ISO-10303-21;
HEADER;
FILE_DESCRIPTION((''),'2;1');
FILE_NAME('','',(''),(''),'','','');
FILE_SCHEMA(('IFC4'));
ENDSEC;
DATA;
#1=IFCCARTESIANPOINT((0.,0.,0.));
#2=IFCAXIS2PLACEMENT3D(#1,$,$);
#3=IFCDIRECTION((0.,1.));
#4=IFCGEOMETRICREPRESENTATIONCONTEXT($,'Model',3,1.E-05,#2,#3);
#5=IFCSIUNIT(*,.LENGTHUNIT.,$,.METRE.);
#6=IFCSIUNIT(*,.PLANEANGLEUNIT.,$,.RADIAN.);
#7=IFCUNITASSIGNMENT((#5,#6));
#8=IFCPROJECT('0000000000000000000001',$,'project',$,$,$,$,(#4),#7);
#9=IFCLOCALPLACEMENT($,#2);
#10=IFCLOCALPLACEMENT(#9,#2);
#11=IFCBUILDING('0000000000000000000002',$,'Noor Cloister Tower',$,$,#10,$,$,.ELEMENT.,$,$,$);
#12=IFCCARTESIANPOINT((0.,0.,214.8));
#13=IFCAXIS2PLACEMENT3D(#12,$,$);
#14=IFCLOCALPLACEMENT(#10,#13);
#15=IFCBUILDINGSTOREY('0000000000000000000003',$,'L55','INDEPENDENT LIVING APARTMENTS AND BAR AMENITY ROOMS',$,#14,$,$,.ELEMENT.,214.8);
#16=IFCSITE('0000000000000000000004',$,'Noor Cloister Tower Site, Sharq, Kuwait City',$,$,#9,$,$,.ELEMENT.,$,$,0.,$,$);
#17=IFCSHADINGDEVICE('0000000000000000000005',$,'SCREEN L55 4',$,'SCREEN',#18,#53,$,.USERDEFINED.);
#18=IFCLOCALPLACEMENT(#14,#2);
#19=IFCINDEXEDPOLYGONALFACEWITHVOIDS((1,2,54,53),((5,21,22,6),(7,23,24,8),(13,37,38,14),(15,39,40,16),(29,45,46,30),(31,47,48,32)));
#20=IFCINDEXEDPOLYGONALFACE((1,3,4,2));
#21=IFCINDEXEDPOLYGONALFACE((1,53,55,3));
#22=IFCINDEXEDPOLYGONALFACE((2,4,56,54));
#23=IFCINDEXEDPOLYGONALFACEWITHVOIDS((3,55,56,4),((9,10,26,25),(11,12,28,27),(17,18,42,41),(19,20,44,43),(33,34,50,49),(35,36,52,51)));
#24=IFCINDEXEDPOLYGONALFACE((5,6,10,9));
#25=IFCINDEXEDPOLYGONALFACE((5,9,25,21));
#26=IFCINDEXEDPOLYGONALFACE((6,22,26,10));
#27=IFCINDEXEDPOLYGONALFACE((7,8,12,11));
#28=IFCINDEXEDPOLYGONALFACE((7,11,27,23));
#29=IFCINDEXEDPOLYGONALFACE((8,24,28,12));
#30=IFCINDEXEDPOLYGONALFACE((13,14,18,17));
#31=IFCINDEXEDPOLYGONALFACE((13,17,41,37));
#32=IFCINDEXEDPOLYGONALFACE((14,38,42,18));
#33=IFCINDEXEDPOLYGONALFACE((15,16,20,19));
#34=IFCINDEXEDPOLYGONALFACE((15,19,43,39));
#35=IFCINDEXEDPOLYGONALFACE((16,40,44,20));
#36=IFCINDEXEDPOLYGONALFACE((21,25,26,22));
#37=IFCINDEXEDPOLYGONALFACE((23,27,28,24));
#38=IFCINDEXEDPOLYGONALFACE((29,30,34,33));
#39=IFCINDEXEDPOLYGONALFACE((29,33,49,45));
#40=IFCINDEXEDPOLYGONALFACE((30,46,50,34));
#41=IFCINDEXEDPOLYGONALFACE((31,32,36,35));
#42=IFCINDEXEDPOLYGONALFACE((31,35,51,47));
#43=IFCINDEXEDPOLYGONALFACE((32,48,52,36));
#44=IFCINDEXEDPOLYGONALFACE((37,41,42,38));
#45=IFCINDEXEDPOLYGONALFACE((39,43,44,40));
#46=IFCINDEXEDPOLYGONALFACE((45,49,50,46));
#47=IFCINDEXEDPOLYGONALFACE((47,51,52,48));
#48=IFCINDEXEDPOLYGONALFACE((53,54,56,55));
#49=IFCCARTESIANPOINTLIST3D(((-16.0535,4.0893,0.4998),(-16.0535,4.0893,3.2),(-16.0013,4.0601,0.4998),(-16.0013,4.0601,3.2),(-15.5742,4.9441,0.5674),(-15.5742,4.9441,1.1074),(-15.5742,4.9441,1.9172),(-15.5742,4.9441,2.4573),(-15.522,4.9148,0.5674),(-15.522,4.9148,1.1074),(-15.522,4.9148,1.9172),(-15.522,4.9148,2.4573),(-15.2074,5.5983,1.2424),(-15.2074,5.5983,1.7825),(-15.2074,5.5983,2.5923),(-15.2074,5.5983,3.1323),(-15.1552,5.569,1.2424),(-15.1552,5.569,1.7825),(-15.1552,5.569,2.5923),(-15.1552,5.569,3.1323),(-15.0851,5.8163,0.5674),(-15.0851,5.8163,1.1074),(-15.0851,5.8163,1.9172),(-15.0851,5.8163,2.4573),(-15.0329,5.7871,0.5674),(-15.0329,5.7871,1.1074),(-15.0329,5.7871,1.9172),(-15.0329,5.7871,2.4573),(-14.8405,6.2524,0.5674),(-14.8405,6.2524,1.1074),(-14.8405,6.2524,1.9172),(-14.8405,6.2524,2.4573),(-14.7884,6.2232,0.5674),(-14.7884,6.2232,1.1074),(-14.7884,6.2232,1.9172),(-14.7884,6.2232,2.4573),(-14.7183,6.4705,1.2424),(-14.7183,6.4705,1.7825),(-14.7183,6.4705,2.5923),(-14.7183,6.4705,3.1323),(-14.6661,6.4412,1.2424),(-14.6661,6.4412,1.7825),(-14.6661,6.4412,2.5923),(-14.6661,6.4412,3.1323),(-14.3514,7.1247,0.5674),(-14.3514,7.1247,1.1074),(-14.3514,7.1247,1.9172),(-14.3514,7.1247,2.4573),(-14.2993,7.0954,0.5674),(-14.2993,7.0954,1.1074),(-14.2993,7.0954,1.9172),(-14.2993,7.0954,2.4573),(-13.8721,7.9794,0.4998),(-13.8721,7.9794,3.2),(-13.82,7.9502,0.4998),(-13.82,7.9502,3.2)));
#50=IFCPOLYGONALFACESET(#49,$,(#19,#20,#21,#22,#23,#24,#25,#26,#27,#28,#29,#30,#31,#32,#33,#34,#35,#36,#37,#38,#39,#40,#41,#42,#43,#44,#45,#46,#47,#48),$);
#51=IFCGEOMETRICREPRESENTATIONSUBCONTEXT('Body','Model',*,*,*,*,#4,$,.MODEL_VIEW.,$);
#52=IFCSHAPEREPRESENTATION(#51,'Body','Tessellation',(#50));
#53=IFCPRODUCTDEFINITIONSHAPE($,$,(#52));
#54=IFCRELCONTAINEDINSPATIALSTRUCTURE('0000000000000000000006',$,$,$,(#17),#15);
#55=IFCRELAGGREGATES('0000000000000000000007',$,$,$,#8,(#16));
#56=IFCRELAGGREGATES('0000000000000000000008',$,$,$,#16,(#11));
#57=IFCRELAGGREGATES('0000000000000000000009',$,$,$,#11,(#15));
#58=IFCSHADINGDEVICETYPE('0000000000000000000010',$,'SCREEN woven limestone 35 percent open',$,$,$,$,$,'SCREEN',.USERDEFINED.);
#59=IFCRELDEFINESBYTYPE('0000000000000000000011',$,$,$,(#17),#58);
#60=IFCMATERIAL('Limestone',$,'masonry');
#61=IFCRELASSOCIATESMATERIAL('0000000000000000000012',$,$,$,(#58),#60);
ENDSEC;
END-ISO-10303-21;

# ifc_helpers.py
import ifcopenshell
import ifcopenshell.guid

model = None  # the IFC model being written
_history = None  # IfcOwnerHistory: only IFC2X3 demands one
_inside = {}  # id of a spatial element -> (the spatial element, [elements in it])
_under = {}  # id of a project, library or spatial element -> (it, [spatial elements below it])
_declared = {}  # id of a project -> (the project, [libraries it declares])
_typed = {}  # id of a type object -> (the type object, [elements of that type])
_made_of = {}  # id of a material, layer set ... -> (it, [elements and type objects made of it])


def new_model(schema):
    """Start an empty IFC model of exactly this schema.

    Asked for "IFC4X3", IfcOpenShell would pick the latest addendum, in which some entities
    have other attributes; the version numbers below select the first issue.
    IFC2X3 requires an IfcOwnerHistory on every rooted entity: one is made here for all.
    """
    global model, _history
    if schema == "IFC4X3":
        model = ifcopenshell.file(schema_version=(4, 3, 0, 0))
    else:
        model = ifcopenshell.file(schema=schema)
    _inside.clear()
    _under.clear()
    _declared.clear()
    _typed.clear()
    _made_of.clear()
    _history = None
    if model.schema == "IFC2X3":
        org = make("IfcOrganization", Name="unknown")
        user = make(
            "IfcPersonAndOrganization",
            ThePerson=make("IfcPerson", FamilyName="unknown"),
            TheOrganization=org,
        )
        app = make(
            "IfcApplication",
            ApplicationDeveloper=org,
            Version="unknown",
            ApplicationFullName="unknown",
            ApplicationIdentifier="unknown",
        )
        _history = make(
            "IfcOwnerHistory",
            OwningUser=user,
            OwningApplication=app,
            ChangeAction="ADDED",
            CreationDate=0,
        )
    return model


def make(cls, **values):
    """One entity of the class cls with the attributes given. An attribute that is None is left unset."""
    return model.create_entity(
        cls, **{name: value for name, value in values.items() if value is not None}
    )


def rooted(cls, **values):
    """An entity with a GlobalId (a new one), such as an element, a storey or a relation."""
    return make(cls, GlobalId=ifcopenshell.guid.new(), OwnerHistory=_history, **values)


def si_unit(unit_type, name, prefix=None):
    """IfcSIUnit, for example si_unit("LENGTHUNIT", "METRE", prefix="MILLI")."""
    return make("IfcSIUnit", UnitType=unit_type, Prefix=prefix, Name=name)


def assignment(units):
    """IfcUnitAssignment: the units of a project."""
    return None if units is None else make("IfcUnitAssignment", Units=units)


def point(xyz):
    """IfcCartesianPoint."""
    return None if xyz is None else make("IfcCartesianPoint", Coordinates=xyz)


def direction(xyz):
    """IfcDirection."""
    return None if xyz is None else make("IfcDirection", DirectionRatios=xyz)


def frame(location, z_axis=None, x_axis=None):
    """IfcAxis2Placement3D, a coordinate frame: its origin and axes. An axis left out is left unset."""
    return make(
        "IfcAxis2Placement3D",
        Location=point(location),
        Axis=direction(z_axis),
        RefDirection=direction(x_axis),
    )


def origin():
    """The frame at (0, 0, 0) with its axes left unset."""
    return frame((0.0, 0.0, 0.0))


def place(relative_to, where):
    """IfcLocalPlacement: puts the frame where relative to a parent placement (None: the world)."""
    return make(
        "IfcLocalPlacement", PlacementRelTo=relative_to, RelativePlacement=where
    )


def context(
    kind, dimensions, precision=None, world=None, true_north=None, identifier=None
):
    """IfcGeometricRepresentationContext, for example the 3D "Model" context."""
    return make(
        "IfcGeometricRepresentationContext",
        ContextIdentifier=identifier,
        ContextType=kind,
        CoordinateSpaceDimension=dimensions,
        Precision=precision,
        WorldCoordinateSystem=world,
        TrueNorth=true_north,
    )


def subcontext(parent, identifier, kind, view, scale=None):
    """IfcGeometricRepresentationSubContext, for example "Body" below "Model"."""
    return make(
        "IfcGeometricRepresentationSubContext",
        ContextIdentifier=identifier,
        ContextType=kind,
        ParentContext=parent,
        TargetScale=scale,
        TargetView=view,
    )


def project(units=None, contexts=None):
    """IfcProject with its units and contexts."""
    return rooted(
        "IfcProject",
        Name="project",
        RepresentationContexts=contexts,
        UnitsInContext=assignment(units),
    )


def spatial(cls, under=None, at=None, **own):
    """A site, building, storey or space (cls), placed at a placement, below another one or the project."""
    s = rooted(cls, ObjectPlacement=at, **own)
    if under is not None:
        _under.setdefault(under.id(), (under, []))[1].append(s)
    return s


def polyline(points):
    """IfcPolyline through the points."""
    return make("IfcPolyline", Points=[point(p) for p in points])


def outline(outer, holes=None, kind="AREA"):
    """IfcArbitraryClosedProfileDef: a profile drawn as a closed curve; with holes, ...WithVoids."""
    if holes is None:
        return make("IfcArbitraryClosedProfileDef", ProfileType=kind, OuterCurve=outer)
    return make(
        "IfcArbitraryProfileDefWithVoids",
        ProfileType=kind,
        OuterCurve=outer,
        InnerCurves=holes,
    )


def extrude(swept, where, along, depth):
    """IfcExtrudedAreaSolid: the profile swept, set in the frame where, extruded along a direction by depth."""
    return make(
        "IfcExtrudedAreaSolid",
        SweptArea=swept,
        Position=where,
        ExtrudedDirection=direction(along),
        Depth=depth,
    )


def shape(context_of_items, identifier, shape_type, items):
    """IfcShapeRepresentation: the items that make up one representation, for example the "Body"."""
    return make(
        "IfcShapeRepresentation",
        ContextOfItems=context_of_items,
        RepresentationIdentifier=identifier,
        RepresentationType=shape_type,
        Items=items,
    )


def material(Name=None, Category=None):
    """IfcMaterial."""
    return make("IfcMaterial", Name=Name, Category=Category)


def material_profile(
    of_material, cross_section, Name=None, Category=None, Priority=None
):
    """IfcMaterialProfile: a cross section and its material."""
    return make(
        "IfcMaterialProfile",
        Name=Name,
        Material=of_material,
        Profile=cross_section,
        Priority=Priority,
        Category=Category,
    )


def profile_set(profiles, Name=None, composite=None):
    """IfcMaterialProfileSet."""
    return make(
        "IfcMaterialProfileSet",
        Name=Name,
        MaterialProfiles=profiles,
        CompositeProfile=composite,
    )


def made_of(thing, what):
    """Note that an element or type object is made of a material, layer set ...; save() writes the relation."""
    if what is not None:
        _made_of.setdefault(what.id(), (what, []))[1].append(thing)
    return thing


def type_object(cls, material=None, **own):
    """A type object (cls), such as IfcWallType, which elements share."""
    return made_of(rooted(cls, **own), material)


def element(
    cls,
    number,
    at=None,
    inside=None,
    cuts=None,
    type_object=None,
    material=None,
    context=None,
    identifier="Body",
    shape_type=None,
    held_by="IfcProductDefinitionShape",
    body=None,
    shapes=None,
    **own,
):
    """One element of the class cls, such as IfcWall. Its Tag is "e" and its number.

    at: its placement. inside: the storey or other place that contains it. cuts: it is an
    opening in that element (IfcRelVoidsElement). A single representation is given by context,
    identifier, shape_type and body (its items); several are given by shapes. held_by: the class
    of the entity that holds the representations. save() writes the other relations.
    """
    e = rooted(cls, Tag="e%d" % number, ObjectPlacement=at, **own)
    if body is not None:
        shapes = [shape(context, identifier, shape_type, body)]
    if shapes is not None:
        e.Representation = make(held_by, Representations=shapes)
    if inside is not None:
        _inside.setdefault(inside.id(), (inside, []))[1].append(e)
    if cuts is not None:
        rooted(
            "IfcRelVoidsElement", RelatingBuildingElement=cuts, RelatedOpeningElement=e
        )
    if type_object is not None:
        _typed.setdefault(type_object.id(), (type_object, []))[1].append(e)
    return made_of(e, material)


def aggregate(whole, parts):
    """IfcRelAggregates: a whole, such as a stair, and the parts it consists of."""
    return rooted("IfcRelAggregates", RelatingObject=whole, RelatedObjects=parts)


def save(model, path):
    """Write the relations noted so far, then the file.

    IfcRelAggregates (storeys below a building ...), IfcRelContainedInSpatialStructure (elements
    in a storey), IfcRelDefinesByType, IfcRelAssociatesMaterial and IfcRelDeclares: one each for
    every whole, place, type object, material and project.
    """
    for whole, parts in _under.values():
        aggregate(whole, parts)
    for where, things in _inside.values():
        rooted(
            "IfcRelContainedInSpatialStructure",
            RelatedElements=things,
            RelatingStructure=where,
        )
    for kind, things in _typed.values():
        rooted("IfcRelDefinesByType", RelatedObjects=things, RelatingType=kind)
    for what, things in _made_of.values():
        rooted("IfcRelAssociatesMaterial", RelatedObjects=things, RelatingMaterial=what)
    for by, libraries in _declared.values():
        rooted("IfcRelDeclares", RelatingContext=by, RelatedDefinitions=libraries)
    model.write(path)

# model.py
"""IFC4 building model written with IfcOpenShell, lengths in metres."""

from ifc_helpers import new_model, si_unit, direction, frame, origin, place, context, subcontext, project, spatial, polyline, outline, extrude, material, material_profile, profile_set, type_object, element, save


model = new_model("IFC4")

# Units and contexts
model_context = context("Model", 3, precision=1e-05, world=origin(), true_north=direction((0.0, 1.0)))
body_context = subcontext(model_context, "Body", "Model", "MODEL_VIEW")
ifc_project = project(units=[si_unit("LENGTHUNIT", "METRE"), si_unit("PLANEANGLEUNIT", "RADIAN")], contexts=[model_context])

# Site, building, storey
site_placement = place(None, origin())
site = spatial("IfcSite", under=ifc_project, at=site_placement, Name="Noor Cloister Tower Site, Sharq, Kuwait City", CompositionType="ELEMENT", RefElevation=0.0)
building_placement = place(site_placement, origin())
building = spatial("IfcBuilding", under=site, at=building_placement, Name="Noor Cloister Tower", CompositionType="ELEMENT")
storey_placement = place(building_placement, frame((0.0, 0.0, 214.8)))
storey = spatial("IfcBuildingStorey", under=building, at=storey_placement, Name="L55", Description="INDEPENDENT LIVING APARTMENTS AND BAR AMENITY ROOMS", CompositionType="ELEMENT", Elevation=214.8)

# Shading device
ifc_material_1 = material(Name="Limestone", Category="masonry")
ifc_material_profile_1 = material_profile(ifc_material_1, outline(polyline([(-2.23, -1.3501), (2.23, -1.3501), (2.23, 1.3501), (-2.23, 1.3501), (-2.23, -1.3501)]), holes=[polyline([(-1.25, -1.2825), (-0.25, -1.2825), (-0.25, -0.7424), (-1.25, -0.7424), (-1.25, -1.2825)]), polyline([(0.25, -1.2825), (1.25, -1.2825), (1.25, -0.7424), (0.25, -0.7424), (0.25, -1.2825)]), polyline([(-0.5, -0.6074), (0.5, -0.6074), (0.5, -0.0674), (-0.5, -0.0674), (-0.5, -0.6074)]), polyline([(-1.25, 0.0674), (-0.25, 0.0674), (-0.25, 0.6074), (-1.25, 0.6074), (-1.25, 0.0674)]), polyline([(0.25, 0.0674), (1.25, 0.0674), (1.25, 0.6074), (0.25, 0.6074), (0.25, 0.0674)]), polyline([(-0.5, 0.7424), (0.5, 0.7424), (0.5, 1.2825), (-0.5, 1.2825), (-0.5, 0.7424)])]), Name="Woven screen 35 percent open")
ifc_profile_set_1 = profile_set([ifc_material_profile_1], Name="Limestone")
shading_device_type = type_object("IfcShadingDeviceType", Name="SCREEN woven limestone 35 percent open", ElementType="SCREEN", PredefinedType="USERDEFINED", material=ifc_profile_set_1)
shading_device_1_placement = place(storey_placement, frame((-14.9106, 6.0051, 1.8499), z_axis=(-0.872228, 0.4891, 0.0), x_axis=(-0.4891, -0.872228, 0.0)))
element("IfcShadingDevice", 1, at=shading_device_1_placement, inside=storey, type_object=shading_device_type, Name="SCREEN L55 4", ObjectType="SCREEN", PredefinedType="USERDEFINED", context=body_context, shape_type="SweptSolid", body=[
    extrude(outline(polyline([(-2.23, -1.3501), (2.23, -1.3501), (2.23, 1.3501), (-2.23, 1.3501), (-2.23, -1.3501)]), holes=[polyline([(-1.25, -1.2825), (-0.25, -1.2825), (-0.25, -0.7424), (-1.25, -0.7424), (-1.25, -1.2825)]), polyline([(0.25, -1.2825), (1.25, -1.2825), (1.25, -0.7424), (0.25, -0.7424), (0.25, -1.2825)]), polyline([(-0.5, -0.6074), (0.5, -0.6074), (0.5, -0.0674), (-0.5, -0.0674), (-0.5, -0.6074)]), polyline([(-1.25, 0.0674), (-0.25, 0.0674), (-0.25, 0.6074), (-1.25, 0.6074), (-1.25, 0.0674)]), polyline([(0.25, 0.0674), (1.25, 0.0674), (1.25, 0.6074), (0.25, 0.6074), (0.25, 0.0674)]), polyline([(-0.5, 0.7424), (0.5, 0.7424), (0.5, 1.2825), (-0.5, 1.2825), (-0.5, 0.7424)])]), origin(), (0.0, 0.0, 1.0), 0.0598),
])

save(model, "model.ifc")
